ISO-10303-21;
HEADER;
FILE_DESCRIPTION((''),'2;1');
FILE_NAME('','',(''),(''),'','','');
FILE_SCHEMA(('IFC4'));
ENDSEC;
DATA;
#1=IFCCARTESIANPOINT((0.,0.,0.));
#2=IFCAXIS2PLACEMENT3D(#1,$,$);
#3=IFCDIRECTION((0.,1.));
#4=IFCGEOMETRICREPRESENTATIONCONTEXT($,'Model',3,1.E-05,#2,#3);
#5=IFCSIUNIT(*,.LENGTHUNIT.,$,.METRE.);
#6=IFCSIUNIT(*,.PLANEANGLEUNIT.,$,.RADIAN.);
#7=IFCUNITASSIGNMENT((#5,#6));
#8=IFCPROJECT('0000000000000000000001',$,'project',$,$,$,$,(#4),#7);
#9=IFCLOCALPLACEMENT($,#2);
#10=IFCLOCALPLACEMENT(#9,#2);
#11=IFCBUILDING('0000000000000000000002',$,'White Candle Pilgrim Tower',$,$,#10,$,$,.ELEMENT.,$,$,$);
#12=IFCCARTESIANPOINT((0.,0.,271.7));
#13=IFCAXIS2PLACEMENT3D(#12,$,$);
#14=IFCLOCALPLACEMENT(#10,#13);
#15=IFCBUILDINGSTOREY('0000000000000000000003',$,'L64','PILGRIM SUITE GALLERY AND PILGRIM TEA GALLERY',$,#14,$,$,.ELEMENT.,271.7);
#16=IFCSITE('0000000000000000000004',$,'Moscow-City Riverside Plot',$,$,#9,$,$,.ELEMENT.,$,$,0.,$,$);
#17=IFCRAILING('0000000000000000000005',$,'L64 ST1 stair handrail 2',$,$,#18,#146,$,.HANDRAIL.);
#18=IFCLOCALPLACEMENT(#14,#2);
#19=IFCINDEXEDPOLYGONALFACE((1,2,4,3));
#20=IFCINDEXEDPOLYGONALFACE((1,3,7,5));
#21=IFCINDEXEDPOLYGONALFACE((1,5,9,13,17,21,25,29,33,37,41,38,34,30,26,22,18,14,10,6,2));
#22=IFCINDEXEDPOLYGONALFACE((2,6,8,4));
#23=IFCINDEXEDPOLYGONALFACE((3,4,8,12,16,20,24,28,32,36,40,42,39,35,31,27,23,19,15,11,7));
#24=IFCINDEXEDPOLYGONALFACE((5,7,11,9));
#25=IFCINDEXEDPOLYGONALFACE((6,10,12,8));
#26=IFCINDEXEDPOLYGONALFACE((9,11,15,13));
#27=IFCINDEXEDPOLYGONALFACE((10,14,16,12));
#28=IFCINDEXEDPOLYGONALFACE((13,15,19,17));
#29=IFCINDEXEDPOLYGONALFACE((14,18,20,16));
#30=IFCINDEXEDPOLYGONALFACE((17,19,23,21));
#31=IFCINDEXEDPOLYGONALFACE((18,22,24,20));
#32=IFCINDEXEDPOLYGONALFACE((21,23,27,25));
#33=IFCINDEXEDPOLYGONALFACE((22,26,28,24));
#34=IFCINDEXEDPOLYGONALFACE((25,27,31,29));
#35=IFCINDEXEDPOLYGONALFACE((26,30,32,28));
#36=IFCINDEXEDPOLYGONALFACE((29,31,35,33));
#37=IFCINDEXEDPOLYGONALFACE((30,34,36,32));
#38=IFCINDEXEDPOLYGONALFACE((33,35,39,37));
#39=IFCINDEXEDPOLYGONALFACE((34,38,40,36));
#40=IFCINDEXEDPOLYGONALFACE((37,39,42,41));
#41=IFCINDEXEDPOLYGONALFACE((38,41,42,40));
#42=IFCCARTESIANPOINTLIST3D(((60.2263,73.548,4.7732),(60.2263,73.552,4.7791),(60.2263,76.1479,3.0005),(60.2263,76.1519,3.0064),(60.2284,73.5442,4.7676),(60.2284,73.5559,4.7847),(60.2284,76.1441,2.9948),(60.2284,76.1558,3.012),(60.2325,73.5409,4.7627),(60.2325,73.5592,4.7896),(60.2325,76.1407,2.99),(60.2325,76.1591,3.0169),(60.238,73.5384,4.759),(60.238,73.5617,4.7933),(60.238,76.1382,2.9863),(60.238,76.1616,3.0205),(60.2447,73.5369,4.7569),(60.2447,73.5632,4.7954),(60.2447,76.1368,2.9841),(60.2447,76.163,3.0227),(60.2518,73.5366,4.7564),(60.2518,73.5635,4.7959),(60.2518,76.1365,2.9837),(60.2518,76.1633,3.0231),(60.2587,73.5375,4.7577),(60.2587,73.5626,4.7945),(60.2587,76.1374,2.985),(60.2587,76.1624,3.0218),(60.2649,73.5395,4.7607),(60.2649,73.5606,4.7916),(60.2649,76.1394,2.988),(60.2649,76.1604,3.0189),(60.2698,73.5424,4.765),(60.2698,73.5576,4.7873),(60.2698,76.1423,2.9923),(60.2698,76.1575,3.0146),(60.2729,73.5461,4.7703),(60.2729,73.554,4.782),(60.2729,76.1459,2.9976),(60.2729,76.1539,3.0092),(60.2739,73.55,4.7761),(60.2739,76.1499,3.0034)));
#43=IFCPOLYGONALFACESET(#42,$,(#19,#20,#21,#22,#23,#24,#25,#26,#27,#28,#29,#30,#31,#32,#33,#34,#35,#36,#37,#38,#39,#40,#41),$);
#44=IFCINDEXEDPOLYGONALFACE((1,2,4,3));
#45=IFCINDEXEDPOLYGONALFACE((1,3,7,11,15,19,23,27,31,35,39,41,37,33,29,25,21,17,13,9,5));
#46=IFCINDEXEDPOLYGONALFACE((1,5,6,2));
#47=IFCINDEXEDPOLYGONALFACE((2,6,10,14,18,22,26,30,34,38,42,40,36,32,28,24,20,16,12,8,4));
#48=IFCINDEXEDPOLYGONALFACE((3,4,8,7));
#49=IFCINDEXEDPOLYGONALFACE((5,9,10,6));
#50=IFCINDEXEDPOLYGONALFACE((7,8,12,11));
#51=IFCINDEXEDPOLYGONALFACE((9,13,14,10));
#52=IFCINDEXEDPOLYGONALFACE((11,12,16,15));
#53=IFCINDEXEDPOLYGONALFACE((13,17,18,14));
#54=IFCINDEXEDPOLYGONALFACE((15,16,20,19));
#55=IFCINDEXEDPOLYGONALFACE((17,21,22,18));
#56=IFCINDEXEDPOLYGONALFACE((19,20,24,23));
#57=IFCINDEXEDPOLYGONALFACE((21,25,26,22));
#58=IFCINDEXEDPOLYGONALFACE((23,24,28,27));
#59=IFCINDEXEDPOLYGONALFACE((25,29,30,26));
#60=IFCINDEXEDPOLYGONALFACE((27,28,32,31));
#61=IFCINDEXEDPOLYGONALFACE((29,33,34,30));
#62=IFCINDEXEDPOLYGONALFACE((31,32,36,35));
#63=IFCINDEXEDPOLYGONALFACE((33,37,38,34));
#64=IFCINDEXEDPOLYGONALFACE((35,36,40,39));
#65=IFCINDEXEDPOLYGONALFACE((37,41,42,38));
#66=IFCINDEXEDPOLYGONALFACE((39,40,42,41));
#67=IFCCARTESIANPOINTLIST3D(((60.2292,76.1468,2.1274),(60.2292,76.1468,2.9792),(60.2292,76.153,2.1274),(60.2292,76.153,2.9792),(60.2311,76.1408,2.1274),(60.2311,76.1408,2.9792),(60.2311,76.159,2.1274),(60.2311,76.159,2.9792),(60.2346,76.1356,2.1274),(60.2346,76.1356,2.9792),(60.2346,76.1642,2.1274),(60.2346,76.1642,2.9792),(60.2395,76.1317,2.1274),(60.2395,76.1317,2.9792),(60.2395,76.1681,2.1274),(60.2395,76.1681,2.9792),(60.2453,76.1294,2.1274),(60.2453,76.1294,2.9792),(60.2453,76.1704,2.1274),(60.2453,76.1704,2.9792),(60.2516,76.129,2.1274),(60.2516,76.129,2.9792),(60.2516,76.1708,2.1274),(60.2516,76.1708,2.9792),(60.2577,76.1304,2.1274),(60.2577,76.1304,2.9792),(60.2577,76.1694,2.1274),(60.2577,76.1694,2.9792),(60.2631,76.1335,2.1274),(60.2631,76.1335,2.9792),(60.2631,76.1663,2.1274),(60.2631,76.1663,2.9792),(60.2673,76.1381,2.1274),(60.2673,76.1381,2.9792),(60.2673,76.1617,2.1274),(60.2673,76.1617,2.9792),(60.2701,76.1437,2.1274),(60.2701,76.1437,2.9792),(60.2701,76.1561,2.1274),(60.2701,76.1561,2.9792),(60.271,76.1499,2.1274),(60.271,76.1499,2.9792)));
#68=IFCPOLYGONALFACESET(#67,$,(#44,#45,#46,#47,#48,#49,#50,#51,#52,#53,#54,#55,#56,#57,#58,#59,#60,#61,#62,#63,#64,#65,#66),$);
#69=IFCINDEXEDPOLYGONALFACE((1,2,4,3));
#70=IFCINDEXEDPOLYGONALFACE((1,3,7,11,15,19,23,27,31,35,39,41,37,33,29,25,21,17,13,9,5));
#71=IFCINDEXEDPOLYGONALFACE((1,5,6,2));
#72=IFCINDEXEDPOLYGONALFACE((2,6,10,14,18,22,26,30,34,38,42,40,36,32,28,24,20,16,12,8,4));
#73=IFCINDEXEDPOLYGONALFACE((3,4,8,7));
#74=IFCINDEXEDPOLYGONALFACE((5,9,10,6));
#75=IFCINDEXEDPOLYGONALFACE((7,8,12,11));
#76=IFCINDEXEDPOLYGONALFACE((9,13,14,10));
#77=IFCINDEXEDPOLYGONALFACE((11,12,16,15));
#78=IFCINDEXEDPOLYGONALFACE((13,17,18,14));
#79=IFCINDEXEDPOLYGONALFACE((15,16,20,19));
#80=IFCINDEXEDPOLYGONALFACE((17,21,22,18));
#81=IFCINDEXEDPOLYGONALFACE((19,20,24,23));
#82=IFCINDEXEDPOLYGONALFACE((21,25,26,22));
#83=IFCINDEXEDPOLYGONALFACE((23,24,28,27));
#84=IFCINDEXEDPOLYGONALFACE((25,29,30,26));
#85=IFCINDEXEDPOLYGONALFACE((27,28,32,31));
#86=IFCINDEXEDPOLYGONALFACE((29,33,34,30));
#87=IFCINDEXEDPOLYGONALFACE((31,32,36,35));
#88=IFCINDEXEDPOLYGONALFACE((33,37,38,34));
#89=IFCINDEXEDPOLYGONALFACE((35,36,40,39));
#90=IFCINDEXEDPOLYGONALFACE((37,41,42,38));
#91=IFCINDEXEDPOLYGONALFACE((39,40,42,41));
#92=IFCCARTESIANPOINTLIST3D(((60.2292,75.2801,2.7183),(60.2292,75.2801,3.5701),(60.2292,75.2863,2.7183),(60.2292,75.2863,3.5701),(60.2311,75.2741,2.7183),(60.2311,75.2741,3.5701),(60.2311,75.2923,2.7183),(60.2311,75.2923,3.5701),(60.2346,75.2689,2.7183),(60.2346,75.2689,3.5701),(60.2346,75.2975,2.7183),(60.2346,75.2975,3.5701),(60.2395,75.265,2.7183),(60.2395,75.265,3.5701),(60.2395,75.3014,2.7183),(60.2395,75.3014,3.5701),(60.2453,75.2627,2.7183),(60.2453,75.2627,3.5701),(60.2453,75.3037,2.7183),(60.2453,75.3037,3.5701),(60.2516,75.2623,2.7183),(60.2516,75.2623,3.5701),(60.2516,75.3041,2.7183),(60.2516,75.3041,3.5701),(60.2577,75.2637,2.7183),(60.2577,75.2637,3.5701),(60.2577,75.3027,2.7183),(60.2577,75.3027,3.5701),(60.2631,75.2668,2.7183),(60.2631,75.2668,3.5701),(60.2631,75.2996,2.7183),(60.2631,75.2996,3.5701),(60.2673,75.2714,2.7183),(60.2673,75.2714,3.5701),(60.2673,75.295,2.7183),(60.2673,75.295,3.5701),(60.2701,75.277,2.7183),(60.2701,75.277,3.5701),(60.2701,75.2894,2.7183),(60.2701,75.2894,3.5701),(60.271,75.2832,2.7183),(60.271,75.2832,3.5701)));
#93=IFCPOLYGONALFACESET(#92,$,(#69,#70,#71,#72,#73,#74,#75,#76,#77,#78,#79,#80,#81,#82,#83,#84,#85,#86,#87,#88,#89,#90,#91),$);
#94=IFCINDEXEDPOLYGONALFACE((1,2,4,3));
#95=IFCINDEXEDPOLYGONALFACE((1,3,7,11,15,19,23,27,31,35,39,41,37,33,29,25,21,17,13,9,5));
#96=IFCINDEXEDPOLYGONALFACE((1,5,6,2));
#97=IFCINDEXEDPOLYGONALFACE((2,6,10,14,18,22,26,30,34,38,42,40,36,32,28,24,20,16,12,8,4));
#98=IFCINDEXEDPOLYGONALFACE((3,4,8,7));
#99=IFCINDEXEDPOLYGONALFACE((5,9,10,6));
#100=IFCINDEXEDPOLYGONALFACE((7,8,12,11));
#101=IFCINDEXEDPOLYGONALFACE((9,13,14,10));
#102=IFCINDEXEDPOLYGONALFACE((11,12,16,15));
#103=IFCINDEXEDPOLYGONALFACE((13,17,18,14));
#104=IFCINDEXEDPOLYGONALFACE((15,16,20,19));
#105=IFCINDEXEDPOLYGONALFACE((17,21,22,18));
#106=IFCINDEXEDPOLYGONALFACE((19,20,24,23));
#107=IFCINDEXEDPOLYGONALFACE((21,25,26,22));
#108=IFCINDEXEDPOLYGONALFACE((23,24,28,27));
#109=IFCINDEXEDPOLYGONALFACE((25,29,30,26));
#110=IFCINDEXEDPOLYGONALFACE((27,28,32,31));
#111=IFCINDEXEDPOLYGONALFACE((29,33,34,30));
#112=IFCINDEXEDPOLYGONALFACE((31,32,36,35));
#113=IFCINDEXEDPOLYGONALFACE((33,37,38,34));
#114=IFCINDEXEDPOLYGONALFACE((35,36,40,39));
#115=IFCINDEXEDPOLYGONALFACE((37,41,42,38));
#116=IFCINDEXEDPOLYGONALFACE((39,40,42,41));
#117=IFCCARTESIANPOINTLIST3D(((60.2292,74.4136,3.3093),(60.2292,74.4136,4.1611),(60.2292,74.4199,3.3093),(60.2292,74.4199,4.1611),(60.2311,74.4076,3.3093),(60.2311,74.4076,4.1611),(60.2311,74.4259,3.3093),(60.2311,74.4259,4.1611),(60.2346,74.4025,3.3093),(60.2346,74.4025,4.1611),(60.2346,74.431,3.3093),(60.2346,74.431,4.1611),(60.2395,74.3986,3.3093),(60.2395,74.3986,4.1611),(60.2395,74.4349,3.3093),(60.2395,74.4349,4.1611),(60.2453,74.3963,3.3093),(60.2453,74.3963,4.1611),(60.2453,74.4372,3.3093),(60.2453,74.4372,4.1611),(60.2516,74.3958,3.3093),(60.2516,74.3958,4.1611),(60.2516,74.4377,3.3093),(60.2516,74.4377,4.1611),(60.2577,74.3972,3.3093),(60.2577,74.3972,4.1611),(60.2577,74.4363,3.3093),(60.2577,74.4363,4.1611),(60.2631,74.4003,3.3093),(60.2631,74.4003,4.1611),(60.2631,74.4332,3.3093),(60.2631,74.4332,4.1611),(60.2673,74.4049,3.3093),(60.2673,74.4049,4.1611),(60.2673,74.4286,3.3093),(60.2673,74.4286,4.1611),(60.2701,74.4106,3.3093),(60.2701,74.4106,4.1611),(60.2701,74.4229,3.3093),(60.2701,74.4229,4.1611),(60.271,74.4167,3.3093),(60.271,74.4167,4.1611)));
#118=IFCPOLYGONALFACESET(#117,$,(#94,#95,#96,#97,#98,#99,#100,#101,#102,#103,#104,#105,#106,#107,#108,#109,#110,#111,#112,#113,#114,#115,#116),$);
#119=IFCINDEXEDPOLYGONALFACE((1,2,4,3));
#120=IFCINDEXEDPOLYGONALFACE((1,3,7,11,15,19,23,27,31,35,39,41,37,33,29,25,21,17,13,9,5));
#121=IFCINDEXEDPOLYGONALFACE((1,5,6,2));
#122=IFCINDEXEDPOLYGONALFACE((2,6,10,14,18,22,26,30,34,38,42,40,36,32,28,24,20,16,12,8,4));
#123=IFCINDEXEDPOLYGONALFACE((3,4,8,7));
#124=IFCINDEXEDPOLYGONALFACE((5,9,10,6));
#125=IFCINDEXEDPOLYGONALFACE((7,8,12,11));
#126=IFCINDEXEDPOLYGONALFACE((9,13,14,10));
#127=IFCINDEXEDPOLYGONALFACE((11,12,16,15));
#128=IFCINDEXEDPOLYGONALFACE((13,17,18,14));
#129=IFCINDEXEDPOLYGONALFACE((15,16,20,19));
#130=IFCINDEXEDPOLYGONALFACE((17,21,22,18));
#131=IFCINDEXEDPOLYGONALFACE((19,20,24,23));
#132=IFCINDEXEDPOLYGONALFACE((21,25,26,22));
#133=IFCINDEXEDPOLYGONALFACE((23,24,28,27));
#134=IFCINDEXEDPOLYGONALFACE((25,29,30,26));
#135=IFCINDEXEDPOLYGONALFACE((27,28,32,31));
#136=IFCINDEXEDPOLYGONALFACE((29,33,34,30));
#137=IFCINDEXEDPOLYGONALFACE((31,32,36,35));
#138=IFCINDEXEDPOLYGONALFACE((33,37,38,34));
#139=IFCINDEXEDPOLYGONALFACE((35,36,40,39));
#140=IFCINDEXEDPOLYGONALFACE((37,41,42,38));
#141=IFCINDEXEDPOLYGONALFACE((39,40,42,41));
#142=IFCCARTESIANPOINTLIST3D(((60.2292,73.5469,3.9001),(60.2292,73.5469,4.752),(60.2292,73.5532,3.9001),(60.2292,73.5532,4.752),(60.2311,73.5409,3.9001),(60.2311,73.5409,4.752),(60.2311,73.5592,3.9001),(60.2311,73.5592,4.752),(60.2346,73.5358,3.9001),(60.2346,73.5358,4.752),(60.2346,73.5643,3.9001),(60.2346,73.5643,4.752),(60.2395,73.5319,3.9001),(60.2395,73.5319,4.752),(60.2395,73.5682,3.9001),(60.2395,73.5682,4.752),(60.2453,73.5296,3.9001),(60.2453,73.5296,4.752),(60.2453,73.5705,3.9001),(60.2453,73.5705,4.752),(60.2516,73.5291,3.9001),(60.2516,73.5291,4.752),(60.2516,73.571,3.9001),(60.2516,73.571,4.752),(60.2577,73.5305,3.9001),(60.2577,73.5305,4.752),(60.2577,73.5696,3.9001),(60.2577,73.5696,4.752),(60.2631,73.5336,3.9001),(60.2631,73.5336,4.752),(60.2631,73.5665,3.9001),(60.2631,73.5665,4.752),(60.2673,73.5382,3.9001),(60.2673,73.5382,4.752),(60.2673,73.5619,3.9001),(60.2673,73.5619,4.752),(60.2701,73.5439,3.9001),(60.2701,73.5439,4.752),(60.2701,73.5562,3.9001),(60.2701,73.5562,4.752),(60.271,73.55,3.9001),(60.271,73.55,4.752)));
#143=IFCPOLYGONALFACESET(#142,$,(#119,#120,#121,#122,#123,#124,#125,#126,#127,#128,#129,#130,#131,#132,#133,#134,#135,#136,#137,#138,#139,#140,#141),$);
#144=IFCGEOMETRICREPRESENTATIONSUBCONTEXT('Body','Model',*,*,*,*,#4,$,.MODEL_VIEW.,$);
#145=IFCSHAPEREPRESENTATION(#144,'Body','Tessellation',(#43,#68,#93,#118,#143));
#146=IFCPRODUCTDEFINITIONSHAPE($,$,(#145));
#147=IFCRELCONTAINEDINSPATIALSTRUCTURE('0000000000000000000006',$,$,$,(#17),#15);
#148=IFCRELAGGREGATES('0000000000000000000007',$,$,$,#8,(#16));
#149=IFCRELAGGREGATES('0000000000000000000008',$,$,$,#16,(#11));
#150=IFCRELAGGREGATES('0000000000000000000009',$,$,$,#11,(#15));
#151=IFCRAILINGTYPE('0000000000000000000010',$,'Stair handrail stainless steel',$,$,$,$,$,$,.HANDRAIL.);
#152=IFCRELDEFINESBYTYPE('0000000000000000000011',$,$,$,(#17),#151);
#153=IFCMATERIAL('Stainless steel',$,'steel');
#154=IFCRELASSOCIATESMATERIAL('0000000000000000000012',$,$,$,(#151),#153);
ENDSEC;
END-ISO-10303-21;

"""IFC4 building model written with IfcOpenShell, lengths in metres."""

from ifc_helpers import new_model, si_unit, direction, frame, origin, origin_2d, place, context, subcontext, project, spatial, circle, extrude, material, type_object, element, save


model = new_model("IFC4")

# Units and contexts
model_context = context("Model", 3, precision=1e-05, world=origin(), true_north=direction((0.0, 1.0)))
body_context = subcontext(model_context, "Body", "Model", "MODEL_VIEW")
ifc_project = project(units=[si_unit("LENGTHUNIT", "METRE"), si_unit("PLANEANGLEUNIT", "RADIAN")], contexts=[model_context])

# Site, building, storey
site_placement = place(None, origin())
site = spatial("IfcSite", under=ifc_project, at=site_placement, Name="Moscow-City Riverside Plot", CompositionType="ELEMENT", RefElevation=0.0)
building_placement = place(site_placement, origin())
building = spatial("IfcBuilding", under=site, at=building_placement, Name="White Candle Pilgrim Tower", CompositionType="ELEMENT")
storey_placement = place(building_placement, frame((0.0, 0.0, 271.7)))
storey = spatial("IfcBuildingStorey", under=building, at=storey_placement, Name="L64", Description="PILGRIM SUITE GALLERY AND PILGRIM TEA GALLERY", CompositionType="ELEMENT", Elevation=271.7)

# Shared definitions
ifc_material_1 = material(Name="Stainless steel", Category="steel")

# Railing
railing_type_1 = type_object("IfcRailingType", Name="Stair handrail stainless steel", PredefinedType="HANDRAIL", material=ifc_material_1)
railing_1_placement = place(storey_placement, frame((60.25, 76.1499, 2.1274)))
element("IfcRailing", 1, at=railing_1_placement, inside=storey, type_object=railing_type_1, Name="L64 ST1 stair handrail 2", PredefinedType="HANDRAIL", context=body_context, shape_type="SweptSolid", body=[
    extrude(circle(Radius=0.0239, at=origin_2d()), frame((0.0, 0.0, 0.876), z_axis=(0.0, -0.826216, 0.563354), x_axis=(1.0, 0.0, 0.0)), (0.0, 0.0, 1.0), 3.1467),
    extrude(circle(Radius=0.021, at=origin_2d()), origin(), (0.0, 0.0, 1.0), 0.8518),
    extrude(circle(Radius=0.021, at=origin_2d()), frame((0.0, -0.8667, 0.5908)), (0.0, 0.0, 1.0), 0.8518),
    extrude(circle(Radius=0.021, at=origin_2d()), frame((0.0, -1.7332, 1.1819)), (0.0, 0.0, 1.0), 0.8518),
    extrude(circle(Radius=0.021, at=origin_2d()), frame((0.0, -2.5999, 1.7727)), (0.0, 0.0, 1.0), 0.8518),
])

save(model, "model.ifc")
